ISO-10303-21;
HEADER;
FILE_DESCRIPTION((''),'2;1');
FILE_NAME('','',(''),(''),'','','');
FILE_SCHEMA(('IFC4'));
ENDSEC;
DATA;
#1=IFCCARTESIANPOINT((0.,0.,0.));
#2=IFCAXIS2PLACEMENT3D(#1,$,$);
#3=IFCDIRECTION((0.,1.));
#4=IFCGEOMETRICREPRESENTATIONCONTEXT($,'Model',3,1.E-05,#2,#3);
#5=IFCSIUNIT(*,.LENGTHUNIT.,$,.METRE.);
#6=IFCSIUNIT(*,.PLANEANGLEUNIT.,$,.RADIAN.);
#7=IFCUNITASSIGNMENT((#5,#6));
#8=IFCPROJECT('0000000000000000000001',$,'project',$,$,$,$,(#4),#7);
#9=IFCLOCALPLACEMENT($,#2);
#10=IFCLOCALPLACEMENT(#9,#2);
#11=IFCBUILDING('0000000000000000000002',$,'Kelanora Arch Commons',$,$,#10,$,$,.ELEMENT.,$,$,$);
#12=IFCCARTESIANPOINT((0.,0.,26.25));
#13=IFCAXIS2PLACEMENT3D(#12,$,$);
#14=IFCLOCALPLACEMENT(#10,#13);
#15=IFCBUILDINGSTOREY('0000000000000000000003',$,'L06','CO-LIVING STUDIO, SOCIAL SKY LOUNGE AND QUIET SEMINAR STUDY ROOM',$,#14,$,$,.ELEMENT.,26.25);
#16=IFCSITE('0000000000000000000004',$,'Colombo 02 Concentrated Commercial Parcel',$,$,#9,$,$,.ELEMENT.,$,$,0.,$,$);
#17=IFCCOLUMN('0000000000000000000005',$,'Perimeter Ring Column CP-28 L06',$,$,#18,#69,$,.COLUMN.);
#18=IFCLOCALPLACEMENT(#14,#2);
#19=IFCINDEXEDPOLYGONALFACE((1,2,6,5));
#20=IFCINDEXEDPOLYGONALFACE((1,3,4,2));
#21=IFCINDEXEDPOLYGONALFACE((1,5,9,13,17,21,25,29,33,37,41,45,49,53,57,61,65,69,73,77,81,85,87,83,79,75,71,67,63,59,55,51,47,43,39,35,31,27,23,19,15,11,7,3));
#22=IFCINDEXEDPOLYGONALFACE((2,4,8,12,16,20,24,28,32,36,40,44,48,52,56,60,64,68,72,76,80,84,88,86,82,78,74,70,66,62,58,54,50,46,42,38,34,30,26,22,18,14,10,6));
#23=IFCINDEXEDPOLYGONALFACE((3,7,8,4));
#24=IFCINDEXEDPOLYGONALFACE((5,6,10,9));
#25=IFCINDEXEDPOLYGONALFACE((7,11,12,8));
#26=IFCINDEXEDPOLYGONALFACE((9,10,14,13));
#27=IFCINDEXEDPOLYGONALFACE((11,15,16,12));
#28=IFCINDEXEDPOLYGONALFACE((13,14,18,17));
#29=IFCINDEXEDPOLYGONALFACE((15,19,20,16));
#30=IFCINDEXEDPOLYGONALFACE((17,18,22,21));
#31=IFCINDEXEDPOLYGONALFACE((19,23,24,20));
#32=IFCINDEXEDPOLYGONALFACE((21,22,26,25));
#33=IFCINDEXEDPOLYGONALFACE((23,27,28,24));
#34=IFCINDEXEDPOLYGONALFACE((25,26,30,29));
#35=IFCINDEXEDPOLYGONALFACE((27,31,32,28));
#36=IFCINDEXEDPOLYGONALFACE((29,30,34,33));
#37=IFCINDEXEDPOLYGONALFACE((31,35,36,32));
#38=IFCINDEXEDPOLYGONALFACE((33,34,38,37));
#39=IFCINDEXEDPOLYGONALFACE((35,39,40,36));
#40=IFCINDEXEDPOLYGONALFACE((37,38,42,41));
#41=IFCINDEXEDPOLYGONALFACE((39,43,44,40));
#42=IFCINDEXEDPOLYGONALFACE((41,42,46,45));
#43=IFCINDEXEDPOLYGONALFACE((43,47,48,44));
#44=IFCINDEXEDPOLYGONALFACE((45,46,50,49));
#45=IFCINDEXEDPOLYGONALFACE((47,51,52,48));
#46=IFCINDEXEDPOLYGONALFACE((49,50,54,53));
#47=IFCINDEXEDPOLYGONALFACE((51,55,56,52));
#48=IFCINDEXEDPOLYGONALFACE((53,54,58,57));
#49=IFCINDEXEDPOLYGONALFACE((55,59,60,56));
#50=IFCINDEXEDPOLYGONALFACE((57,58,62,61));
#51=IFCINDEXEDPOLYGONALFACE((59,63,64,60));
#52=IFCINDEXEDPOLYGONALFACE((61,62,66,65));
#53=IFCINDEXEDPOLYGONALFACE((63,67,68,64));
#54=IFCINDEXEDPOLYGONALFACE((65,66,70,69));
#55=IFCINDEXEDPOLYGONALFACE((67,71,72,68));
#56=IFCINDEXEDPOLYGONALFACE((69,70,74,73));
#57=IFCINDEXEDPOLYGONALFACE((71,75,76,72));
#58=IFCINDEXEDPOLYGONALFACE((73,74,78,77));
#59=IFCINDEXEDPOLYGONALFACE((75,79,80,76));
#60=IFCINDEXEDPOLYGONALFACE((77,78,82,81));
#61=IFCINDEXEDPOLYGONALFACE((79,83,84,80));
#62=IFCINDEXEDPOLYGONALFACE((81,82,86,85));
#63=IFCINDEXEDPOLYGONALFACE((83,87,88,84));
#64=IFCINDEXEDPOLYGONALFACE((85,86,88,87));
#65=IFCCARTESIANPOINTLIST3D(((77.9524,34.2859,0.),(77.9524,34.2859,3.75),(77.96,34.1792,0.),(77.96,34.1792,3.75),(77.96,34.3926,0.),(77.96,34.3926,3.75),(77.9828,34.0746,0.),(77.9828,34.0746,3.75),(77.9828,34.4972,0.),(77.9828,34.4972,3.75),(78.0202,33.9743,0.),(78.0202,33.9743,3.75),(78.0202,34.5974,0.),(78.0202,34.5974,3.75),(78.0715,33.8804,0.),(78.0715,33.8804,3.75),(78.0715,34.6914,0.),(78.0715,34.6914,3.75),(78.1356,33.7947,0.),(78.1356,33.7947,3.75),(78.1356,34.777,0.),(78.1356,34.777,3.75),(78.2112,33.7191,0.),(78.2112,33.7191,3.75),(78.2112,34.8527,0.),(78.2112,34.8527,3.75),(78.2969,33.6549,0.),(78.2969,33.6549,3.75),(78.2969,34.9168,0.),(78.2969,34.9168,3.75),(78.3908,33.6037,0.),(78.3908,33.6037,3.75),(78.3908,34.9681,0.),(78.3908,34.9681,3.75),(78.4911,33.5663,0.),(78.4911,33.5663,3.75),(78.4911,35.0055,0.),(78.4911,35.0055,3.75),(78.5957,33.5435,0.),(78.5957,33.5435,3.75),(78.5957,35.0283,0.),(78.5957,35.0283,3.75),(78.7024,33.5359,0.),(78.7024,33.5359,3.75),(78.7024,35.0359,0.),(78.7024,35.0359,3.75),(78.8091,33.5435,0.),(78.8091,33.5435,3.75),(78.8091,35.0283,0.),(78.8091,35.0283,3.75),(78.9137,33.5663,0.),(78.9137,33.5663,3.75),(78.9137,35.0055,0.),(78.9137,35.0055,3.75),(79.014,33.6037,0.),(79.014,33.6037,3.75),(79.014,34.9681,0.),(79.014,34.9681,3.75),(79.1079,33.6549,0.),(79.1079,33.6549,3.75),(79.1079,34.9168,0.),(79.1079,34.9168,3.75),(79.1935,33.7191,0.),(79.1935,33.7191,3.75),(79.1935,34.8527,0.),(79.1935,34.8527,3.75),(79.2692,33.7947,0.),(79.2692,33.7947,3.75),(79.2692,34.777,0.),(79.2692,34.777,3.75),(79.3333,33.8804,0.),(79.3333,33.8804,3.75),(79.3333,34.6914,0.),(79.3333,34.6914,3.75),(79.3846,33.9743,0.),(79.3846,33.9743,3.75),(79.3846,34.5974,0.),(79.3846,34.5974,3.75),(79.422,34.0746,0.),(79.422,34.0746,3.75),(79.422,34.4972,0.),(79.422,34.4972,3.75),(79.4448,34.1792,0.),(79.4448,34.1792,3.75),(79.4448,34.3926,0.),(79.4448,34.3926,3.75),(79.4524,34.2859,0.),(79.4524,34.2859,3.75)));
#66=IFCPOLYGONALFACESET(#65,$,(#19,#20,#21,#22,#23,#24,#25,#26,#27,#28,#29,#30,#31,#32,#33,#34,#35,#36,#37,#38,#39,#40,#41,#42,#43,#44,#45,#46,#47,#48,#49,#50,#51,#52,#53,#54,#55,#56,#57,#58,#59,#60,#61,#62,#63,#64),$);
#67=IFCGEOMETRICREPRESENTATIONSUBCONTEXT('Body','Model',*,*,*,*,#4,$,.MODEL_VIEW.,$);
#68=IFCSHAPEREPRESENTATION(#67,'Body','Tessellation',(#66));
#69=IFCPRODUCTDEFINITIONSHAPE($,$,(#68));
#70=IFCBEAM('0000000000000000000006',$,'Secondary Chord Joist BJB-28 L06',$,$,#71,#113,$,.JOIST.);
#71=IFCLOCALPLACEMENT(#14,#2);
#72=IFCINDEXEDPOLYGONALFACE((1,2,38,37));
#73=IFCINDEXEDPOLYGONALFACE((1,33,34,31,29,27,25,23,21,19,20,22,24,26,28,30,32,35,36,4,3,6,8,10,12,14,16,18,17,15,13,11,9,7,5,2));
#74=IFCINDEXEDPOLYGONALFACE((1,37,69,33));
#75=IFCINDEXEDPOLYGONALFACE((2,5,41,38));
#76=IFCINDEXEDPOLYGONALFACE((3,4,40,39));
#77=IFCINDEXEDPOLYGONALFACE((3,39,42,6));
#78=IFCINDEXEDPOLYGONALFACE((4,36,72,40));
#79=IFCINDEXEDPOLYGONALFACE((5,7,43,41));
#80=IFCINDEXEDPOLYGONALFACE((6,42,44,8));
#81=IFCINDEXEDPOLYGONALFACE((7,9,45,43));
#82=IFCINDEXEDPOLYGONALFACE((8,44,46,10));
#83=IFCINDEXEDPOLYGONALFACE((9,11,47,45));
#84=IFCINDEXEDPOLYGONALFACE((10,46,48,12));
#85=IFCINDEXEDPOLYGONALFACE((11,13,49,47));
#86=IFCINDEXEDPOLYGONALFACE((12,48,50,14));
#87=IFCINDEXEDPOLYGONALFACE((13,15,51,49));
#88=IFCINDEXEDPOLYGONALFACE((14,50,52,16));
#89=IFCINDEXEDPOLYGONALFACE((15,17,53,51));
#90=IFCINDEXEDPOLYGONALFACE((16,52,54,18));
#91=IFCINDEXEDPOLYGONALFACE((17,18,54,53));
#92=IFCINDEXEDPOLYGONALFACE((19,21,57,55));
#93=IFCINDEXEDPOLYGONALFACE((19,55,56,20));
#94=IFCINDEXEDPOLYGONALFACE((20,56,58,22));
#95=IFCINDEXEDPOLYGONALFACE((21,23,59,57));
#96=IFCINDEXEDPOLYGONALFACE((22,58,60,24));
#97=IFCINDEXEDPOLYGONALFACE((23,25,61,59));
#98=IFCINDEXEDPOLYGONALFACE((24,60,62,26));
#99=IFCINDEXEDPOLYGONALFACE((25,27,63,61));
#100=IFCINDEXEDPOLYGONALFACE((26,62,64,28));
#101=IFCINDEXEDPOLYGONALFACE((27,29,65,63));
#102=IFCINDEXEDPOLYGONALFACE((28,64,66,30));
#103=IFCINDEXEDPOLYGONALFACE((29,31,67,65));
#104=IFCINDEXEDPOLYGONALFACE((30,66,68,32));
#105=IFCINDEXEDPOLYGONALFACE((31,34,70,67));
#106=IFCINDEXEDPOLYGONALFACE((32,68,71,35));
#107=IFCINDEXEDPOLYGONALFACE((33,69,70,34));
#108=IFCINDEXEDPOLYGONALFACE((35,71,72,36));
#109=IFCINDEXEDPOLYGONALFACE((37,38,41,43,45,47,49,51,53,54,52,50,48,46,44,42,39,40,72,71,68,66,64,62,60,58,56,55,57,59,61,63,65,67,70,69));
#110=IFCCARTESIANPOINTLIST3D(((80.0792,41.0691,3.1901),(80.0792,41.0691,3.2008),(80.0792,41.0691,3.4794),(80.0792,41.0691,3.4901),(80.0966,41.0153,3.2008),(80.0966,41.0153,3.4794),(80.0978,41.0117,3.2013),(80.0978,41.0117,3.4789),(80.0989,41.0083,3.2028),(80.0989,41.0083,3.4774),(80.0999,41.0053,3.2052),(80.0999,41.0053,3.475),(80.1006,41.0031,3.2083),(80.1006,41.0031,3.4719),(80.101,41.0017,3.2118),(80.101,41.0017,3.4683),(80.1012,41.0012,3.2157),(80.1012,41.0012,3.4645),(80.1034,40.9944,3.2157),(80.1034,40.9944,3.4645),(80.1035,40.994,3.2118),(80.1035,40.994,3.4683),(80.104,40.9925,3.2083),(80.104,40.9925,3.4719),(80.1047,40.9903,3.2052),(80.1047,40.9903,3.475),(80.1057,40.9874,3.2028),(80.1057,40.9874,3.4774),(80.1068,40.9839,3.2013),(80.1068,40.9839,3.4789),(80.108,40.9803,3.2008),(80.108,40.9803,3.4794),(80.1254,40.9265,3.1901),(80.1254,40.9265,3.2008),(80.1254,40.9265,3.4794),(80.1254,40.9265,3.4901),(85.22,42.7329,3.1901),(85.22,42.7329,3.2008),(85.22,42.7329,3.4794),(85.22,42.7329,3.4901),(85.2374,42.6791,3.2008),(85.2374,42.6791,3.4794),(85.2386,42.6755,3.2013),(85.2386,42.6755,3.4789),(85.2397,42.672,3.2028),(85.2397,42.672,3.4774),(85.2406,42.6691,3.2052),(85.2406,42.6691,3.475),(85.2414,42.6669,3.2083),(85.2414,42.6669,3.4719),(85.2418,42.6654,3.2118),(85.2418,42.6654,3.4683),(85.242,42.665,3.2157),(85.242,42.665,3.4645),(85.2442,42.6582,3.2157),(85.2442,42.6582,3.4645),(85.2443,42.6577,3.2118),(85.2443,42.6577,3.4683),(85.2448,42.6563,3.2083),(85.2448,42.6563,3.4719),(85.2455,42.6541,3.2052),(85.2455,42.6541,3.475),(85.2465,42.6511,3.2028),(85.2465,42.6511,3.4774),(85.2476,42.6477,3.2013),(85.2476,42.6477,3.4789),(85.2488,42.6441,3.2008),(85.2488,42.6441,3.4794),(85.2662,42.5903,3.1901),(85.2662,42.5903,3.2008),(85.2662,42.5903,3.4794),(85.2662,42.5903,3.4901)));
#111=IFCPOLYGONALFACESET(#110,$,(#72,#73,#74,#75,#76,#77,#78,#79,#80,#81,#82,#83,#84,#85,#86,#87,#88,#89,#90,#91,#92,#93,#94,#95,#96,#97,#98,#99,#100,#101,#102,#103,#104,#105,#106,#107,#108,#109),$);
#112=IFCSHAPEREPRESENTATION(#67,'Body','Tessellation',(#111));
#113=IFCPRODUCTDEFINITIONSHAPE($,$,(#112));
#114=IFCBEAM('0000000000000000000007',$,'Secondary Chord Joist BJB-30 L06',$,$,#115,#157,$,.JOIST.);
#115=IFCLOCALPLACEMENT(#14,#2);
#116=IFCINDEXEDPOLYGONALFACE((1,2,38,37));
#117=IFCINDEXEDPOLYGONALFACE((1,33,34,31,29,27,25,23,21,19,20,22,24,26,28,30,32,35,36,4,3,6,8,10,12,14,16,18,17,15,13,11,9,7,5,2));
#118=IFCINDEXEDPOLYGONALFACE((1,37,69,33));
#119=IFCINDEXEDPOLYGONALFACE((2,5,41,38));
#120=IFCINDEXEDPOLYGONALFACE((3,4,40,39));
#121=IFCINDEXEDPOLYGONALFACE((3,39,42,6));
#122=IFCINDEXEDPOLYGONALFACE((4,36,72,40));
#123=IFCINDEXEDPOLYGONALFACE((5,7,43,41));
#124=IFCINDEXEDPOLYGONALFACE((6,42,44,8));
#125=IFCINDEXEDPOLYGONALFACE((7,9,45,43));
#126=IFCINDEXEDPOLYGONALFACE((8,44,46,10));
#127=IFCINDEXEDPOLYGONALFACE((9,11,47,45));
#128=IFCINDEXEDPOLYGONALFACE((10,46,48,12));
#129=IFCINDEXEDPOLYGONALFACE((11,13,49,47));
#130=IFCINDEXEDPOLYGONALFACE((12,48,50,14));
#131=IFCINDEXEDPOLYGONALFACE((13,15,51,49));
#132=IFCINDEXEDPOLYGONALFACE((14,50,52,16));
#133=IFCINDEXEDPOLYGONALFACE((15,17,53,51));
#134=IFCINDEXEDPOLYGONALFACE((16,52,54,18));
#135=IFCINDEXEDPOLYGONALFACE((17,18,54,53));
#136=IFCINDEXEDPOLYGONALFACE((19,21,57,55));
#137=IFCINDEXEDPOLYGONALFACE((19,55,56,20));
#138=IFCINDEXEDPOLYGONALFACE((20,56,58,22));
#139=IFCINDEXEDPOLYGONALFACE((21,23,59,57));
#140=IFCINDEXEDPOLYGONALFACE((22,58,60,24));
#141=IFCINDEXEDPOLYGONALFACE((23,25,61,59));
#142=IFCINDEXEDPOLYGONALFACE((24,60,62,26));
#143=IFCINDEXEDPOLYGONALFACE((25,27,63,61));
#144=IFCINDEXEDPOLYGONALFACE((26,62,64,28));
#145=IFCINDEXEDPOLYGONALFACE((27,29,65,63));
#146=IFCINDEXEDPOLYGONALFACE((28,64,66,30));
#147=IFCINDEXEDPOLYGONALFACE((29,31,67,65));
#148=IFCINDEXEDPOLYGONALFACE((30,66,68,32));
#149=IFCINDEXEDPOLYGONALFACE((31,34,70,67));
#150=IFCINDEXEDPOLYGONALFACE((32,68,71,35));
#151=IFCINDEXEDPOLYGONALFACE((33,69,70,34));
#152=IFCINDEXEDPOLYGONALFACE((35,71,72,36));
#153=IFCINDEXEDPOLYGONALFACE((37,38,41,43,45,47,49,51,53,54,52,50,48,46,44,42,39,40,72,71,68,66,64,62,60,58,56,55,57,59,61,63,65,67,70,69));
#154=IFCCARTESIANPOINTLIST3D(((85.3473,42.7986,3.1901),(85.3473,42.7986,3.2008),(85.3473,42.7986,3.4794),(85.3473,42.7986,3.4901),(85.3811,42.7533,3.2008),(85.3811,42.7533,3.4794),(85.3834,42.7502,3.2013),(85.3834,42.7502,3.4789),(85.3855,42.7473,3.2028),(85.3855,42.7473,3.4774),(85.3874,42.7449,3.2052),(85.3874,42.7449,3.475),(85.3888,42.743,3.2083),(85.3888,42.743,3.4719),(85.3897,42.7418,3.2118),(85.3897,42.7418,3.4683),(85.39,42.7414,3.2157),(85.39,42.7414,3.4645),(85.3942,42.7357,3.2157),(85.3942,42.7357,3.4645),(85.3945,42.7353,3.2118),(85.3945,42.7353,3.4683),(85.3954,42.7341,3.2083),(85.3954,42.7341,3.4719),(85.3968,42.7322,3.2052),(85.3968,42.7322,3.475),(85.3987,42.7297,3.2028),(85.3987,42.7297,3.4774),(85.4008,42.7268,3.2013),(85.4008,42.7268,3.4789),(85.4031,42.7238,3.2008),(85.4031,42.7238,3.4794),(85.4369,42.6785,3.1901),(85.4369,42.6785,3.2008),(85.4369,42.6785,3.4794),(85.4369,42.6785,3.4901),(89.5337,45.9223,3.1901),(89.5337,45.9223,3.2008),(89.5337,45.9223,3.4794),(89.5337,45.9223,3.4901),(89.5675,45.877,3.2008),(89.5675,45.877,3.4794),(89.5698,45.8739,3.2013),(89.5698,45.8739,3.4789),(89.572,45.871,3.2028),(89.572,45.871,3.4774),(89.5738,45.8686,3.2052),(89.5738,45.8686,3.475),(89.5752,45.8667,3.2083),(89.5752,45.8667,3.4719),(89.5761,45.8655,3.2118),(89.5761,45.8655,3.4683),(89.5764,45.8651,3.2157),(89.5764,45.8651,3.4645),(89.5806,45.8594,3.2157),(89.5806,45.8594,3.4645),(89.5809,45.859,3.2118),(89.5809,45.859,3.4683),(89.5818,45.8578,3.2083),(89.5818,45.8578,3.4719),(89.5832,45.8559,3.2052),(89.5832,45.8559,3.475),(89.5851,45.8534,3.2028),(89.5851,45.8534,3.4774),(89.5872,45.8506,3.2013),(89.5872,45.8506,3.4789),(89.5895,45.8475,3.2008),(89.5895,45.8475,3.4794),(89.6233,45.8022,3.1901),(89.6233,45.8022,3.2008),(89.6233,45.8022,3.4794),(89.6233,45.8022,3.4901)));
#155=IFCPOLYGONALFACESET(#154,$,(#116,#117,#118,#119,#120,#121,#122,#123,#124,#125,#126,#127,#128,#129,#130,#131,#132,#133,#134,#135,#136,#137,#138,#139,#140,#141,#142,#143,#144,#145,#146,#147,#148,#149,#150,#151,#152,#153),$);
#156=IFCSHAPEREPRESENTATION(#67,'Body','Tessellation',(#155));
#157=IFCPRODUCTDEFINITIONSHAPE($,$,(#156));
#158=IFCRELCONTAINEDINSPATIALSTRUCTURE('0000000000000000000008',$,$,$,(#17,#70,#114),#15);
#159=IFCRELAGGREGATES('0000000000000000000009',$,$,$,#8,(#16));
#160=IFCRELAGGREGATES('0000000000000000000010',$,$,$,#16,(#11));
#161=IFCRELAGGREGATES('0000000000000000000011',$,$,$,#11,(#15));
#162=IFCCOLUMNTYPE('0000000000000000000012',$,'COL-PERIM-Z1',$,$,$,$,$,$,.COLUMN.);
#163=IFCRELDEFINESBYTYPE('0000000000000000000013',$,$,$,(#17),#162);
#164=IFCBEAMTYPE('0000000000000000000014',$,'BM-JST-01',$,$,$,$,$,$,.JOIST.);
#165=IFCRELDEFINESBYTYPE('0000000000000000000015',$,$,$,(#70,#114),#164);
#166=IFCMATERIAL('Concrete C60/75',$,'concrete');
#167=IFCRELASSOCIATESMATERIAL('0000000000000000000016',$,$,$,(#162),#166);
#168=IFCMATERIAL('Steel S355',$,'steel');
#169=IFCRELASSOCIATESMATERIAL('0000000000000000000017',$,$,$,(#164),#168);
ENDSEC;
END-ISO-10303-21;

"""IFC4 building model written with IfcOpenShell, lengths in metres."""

from ifc_helpers import new_model, si_unit, direction, frame, origin, origin_2d, place, context, subcontext, project, spatial, circle, i_section, extrude, material, material_profile, profile_set, type_object, element, save


model = new_model("IFC4")

# Units and contexts
model_context = context("Model", 3, precision=1e-05, world=origin(), true_north=direction((0.0, 1.0)))
body_context = subcontext(model_context, "Body", "Model", "MODEL_VIEW")
ifc_project = project(units=[si_unit("LENGTHUNIT", "METRE"), si_unit("PLANEANGLEUNIT", "RADIAN")], contexts=[model_context])

# Site, building, storey
site_placement = place(None, origin())
site = spatial("IfcSite", under=ifc_project, at=site_placement, Name="Colombo 02 Concentrated Commercial Parcel", CompositionType="ELEMENT", RefElevation=0.0)
building_placement = place(site_placement, origin())
building = spatial("IfcBuilding", under=site, at=building_placement, Name="Kelanora Arch Commons", CompositionType="ELEMENT")
storey_placement = place(building_placement, frame((0.0, 0.0, 26.25)))
storey = spatial("IfcBuildingStorey", under=building, at=storey_placement, Name="L06", Description="CO-LIVING STUDIO, SOCIAL SKY LOUNGE AND QUIET SEMINAR STUDY ROOM", CompositionType="ELEMENT", Elevation=26.25)

# Column
ifc_material_1 = material(Name="Concrete C60/75", Category="concrete")
ifc_material_profile_1 = material_profile(ifc_material_1, circle(Radius=0.75, at=origin_2d()), Name="RCC1500")
ifc_profile_set_1 = profile_set([ifc_material_profile_1], Name="Concrete C60/75")
column_type = type_object("IfcColumnType", Name="COL-PERIM-Z1", PredefinedType="COLUMN", material=ifc_profile_set_1)
column_placement = place(storey_placement, frame((78.7024, 34.2859, 0.0), z_axis=(0.0, 0.0, 1.0), x_axis=(1.0, 0.0, 0.0)))
element("IfcColumn", 1, at=column_placement, inside=storey, type_object=column_type, Name="Perimeter Ring Column CP-28 L06", PredefinedType="COLUMN", context=body_context, shape_type="SweptSolid", body=[
    extrude(circle(Radius=0.75, at=origin_2d()), origin(), (0.0, 0.0, 1.0), 3.75),
])

# Beams
ifc_material_2 = material(Name="Steel S355", Category="steel")
ifc_material_profile_2 = material_profile(ifc_material_2, i_section(OverallWidth=0.1499, OverallDepth=0.3, WebThickness=0.0071, FlangeThickness=0.0107, FilletRadius=0.0149, at=origin_2d()), Name="IPE300")
ifc_profile_set_2 = profile_set([ifc_material_profile_2], Name="Steel S355")
beam_type_1 = type_object("IfcBeamType", Name="BM-JST-01", PredefinedType="JOIST", material=ifc_profile_set_2)
beam_1_placement = place(storey_placement, frame((80.1023, 40.9978, 3.3401), z_axis=(0.951412, 0.30792, 0.0), x_axis=(-0.30792, 0.951412, 0.0)))
element("IfcBeam", 2, at=beam_1_placement, inside=storey, type_object=beam_type_1, Name="Secondary Chord Joist BJB-28 L06", PredefinedType="JOIST", context=body_context, shape_type="SweptSolid", body=[
    extrude(i_section(OverallWidth=0.1499, OverallDepth=0.3, WebThickness=0.0071, FlangeThickness=0.0107, FilletRadius=0.0149, at=origin_2d()), origin(), (0.0, 0.0, 1.0), 5.4033),
])
beam_2_placement = place(storey_placement, frame((85.3921, 42.7385, 3.3401), z_axis=(0.801478, 0.598024, 0.0), x_axis=(-0.598024, 0.801478, 0.0)))
element("IfcBeam", 3, at=beam_2_placement, inside=storey, type_object=beam_type_1, Name="Secondary Chord Joist BJB-30 L06", PredefinedType="JOIST", context=body_context, shape_type="SweptSolid", body=[
    extrude(i_section(OverallWidth=0.1499, OverallDepth=0.3, WebThickness=0.0071, FlangeThickness=0.0107, FilletRadius=0.0149, at=origin_2d()), origin(), (0.0, 0.0, 1.0), 5.2234),
])

save(model, "model.ifc")
